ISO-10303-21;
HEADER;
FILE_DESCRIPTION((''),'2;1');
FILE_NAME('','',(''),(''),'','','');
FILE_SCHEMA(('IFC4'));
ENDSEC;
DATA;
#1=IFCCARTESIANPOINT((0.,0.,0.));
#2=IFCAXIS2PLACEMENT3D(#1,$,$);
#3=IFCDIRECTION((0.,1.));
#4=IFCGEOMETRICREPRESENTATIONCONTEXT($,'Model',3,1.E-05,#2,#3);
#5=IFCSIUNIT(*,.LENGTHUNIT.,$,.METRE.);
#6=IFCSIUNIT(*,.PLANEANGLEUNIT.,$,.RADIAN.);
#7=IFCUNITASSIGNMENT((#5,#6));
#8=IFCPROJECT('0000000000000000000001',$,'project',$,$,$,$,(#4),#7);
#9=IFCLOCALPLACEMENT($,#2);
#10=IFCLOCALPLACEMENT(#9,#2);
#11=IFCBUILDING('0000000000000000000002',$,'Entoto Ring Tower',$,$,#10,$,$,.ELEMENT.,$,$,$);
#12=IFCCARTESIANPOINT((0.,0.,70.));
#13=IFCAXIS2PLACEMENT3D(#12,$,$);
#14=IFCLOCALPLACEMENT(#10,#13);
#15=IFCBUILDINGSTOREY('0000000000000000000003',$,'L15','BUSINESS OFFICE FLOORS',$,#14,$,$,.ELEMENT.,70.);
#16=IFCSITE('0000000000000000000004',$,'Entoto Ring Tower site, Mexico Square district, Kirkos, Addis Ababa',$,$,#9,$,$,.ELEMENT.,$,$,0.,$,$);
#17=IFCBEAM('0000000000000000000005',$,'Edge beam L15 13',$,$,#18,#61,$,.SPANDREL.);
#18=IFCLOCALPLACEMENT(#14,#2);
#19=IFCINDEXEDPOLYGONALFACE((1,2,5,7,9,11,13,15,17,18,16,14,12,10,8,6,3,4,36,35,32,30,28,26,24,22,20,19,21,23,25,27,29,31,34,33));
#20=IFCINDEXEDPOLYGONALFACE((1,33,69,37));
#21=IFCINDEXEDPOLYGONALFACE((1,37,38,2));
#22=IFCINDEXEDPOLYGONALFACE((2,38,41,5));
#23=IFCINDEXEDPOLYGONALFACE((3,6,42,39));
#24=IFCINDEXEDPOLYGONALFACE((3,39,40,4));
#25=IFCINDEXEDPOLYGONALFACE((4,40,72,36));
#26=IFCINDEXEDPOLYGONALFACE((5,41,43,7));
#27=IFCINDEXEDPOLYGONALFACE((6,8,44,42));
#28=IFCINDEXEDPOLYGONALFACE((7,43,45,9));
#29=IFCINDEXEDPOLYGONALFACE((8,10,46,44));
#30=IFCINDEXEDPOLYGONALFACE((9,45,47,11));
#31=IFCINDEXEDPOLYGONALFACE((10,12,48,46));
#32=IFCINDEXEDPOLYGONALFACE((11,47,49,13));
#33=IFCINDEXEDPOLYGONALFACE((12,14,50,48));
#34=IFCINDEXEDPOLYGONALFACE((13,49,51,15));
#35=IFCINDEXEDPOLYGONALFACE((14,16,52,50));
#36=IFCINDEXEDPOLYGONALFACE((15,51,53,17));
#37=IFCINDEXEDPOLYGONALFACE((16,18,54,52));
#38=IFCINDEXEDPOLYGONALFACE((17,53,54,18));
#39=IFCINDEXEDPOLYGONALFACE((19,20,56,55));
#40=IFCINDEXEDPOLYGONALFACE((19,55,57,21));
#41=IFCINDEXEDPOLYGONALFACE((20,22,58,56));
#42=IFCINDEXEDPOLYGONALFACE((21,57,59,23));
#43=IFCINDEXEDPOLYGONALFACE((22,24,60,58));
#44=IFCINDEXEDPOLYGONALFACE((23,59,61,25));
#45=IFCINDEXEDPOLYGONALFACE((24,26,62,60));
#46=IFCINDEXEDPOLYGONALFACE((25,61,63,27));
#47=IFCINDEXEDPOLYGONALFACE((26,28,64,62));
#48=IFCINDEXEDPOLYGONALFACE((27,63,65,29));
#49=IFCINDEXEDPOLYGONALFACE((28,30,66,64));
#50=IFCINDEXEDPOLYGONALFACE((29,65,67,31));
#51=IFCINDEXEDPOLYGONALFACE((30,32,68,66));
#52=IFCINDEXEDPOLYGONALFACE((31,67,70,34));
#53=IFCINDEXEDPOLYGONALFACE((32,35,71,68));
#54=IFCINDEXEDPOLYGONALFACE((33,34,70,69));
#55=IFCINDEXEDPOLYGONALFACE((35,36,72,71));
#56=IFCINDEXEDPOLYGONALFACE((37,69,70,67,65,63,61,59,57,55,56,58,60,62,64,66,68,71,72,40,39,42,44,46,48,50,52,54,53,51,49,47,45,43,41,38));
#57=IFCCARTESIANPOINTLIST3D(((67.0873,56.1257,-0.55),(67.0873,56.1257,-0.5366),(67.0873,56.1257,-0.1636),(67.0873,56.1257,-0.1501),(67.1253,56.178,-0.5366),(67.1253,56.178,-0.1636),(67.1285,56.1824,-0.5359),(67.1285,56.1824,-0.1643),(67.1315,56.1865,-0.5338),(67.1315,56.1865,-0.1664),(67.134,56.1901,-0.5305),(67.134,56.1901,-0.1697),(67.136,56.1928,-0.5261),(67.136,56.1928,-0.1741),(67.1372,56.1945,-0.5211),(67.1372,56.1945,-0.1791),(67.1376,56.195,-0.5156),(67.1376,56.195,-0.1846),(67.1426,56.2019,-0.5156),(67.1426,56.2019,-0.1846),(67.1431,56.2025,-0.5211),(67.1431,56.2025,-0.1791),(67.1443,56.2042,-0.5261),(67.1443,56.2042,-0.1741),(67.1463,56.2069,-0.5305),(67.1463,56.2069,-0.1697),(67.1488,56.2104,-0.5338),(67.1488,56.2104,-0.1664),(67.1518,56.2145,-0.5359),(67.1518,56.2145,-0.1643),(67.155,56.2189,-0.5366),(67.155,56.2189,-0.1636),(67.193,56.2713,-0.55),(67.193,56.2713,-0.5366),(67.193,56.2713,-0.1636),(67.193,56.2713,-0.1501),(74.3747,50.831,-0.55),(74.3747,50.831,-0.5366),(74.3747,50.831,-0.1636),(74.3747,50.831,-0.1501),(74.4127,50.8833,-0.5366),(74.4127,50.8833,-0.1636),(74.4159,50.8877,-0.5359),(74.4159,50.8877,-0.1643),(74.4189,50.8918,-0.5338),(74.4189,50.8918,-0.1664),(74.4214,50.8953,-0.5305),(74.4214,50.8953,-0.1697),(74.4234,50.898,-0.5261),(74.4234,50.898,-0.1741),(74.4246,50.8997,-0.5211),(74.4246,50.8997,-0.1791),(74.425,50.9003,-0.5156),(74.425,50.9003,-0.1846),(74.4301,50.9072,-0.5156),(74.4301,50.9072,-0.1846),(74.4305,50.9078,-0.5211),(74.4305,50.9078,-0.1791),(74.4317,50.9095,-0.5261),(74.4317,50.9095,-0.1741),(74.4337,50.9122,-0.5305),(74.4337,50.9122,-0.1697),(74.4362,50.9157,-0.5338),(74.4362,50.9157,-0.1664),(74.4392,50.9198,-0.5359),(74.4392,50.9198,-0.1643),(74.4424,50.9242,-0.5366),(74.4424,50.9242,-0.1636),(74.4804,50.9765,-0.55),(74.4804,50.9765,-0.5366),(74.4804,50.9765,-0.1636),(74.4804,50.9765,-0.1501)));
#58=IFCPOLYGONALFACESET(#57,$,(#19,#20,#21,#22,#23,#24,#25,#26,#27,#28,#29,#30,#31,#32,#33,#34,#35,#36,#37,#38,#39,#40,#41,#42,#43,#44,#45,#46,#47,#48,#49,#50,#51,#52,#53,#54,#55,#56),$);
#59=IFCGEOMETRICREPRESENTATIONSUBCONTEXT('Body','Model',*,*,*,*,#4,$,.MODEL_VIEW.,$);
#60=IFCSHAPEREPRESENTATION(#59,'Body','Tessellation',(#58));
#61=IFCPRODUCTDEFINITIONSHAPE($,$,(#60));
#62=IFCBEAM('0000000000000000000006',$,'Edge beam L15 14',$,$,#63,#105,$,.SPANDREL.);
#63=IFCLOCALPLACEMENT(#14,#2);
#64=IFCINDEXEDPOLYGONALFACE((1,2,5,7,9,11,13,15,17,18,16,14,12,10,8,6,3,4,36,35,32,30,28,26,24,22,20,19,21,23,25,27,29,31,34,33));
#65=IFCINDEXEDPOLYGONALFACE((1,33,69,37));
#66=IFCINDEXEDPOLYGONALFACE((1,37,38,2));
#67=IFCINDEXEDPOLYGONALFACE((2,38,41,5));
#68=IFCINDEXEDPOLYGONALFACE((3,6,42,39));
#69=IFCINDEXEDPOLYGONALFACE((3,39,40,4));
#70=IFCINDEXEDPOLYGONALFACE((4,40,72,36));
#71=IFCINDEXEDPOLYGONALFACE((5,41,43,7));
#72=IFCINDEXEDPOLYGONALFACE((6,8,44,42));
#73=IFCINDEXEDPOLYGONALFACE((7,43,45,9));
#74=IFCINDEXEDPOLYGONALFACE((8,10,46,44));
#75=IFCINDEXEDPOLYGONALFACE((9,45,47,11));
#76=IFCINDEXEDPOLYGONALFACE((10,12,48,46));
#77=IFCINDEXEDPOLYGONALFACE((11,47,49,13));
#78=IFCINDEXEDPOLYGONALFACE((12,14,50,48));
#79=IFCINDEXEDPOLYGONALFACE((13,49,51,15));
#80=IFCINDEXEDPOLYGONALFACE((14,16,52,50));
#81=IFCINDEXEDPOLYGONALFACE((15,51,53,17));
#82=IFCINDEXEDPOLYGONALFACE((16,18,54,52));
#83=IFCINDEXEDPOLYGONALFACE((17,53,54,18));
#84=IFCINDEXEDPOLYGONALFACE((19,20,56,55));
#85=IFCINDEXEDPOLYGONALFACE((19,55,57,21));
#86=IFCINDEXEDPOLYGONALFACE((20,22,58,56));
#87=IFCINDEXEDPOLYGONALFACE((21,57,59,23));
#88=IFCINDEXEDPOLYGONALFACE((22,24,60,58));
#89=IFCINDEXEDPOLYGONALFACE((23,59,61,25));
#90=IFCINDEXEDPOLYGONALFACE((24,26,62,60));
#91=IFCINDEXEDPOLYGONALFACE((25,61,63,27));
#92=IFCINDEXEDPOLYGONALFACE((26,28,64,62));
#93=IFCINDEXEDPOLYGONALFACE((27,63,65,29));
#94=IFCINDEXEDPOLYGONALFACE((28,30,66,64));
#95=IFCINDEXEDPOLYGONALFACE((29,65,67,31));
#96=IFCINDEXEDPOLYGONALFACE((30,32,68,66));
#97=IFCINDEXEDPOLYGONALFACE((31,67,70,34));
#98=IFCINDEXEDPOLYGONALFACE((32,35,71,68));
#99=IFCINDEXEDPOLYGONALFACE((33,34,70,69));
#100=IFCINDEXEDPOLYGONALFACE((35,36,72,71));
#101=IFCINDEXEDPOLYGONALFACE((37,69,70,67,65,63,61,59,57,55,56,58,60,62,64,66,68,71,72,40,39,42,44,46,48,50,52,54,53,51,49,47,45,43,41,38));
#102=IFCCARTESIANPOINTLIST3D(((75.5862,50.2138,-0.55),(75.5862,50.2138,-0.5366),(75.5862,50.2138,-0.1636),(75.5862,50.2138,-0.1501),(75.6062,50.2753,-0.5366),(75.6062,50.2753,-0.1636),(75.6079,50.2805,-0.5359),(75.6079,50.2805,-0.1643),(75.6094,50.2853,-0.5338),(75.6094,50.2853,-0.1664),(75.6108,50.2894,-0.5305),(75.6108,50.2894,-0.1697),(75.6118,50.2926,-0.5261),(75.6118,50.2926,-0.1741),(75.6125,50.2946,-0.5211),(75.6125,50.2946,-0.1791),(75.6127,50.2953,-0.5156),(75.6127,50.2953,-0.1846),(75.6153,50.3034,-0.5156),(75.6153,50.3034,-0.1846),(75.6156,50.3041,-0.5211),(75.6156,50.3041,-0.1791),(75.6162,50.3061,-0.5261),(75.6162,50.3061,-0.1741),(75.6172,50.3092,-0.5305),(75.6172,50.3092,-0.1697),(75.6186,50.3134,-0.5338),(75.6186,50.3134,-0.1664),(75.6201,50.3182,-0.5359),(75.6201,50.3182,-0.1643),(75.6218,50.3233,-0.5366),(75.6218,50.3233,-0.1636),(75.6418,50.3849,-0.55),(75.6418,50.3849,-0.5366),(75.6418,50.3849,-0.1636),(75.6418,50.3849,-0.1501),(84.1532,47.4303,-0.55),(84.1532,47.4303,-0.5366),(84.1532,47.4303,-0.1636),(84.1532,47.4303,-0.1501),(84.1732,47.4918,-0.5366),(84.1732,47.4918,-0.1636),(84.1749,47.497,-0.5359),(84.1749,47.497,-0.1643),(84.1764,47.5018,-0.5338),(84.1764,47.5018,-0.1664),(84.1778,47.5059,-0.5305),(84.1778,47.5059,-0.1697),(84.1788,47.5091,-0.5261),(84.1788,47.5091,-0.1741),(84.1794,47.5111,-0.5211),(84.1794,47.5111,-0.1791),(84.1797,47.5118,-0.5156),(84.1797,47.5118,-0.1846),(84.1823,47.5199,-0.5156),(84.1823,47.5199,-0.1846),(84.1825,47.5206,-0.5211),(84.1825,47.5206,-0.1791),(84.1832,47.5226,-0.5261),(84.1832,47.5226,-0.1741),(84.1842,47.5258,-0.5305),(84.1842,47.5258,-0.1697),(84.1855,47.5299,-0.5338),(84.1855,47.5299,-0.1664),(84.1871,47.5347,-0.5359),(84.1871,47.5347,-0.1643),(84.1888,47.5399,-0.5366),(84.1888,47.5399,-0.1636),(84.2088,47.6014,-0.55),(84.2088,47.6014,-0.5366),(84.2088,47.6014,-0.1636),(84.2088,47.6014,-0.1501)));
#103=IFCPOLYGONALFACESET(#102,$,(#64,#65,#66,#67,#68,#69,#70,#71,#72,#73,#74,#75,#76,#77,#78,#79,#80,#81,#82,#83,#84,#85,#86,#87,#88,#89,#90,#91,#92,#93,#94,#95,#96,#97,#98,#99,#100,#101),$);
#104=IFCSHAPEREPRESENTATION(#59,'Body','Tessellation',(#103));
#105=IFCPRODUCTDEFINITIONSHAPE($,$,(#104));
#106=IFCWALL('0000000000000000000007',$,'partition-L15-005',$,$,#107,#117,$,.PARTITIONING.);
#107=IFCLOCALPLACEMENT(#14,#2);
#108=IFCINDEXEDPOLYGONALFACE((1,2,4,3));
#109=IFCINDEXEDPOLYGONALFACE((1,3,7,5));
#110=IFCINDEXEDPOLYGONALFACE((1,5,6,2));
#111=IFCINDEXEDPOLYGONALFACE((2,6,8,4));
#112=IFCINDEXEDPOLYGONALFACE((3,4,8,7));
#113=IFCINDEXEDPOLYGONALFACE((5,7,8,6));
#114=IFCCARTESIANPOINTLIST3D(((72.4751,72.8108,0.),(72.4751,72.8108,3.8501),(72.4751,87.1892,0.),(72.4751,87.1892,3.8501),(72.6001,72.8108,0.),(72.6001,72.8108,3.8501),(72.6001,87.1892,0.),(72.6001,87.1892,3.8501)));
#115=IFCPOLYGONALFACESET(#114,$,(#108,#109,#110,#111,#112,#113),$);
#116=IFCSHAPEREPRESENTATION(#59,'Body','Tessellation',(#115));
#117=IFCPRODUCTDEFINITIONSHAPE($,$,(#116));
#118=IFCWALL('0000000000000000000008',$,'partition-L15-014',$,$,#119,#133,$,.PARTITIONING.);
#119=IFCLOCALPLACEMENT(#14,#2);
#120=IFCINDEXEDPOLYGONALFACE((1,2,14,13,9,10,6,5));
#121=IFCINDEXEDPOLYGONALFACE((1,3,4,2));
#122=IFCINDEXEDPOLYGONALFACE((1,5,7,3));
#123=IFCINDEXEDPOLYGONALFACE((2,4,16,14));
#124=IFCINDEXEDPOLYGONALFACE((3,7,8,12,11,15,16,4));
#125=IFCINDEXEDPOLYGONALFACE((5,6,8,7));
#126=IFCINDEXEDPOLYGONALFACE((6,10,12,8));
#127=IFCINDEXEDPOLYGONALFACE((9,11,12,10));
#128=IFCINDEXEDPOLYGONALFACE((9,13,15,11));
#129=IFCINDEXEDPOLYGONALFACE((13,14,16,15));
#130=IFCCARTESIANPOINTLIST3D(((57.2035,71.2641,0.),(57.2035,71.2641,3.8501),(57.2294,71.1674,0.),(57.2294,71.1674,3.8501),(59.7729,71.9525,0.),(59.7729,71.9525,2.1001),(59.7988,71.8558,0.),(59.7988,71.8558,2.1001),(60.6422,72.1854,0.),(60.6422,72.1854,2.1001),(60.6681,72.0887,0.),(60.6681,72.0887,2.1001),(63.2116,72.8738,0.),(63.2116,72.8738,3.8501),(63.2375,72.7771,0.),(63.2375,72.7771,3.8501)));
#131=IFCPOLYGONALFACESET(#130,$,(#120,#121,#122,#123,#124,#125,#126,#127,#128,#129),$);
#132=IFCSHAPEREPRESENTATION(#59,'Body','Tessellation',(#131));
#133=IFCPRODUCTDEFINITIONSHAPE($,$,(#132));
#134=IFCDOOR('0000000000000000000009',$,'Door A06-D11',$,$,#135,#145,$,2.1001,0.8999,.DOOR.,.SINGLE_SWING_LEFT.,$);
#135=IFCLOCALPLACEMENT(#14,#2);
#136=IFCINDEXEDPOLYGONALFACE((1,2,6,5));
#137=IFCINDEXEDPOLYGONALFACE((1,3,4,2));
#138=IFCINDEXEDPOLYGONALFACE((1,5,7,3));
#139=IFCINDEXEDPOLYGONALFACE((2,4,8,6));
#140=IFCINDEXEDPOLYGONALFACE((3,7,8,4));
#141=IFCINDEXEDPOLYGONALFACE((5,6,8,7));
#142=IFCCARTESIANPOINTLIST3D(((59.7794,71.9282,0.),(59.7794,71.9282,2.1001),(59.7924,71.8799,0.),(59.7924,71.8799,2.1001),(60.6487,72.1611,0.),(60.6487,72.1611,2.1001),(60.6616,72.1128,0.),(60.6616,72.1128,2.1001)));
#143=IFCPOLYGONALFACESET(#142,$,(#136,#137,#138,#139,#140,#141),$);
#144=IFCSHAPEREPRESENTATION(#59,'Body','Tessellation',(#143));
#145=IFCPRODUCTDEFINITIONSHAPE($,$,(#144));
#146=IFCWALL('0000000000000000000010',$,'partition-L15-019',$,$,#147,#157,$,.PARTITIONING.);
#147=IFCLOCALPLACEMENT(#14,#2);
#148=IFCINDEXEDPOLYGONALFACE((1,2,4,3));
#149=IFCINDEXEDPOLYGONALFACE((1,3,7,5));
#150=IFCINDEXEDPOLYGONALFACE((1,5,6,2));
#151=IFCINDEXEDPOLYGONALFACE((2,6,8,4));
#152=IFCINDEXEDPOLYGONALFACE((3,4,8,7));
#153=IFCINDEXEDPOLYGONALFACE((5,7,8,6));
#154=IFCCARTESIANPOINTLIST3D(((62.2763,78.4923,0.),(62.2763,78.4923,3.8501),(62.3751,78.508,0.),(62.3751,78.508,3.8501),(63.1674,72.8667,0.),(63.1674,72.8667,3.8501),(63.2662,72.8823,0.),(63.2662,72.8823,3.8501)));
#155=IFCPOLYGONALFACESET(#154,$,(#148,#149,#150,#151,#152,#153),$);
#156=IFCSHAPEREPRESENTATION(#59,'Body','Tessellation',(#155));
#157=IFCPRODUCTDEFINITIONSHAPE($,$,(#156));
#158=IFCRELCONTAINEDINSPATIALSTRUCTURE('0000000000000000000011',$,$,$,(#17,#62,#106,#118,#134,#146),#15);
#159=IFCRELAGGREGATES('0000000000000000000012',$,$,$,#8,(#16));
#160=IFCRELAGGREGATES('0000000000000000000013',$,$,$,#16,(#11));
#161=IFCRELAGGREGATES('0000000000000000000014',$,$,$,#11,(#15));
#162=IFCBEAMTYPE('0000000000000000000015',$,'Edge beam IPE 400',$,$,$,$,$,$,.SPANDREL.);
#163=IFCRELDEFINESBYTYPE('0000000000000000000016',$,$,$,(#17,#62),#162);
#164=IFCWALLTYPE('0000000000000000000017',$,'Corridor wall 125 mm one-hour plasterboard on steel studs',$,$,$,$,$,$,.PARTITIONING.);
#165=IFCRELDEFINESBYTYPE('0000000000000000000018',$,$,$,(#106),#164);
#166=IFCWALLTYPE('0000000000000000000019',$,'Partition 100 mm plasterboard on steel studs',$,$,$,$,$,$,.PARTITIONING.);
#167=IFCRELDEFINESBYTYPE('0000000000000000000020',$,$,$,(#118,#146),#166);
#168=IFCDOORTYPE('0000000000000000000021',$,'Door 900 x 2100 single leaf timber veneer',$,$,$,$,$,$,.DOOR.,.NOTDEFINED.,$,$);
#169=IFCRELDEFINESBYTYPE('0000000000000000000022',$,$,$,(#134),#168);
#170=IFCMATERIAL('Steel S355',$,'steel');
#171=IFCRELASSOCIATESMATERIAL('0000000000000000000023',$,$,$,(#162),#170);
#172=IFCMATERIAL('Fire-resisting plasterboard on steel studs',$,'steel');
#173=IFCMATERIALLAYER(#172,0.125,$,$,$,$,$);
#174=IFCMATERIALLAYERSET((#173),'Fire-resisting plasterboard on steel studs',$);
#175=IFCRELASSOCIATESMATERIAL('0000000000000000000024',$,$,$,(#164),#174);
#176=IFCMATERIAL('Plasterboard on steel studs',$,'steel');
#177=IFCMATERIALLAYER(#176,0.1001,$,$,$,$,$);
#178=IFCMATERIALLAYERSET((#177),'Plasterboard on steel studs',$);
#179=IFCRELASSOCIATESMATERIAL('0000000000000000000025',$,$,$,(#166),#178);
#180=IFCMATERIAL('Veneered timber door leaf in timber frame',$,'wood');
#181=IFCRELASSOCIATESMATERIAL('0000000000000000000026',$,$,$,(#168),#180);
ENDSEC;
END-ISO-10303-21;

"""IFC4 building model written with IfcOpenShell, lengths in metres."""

from ifc_helpers import new_model, si_unit, direction, frame, frame_2d, origin, origin_2d, place, context, subcontext, project, spatial, rectangle, i_section, extrude, material, layer, layer_set, material_profile, profile_set, type_object, element, fill, save


model = new_model("IFC4")

# Units and contexts
model_context = context("Model", 3, precision=1e-05, world=origin(), true_north=direction((0.0, 1.0)))
body_context = subcontext(model_context, "Body", "Model", "MODEL_VIEW")
ifc_project = project(units=[si_unit("LENGTHUNIT", "METRE"), si_unit("PLANEANGLEUNIT", "RADIAN")], contexts=[model_context])

# Site, building, storey
site_placement = place(None, origin())
site = spatial("IfcSite", under=ifc_project, at=site_placement, Name="Entoto Ring Tower site, Mexico Square district, Kirkos, Addis Ababa", CompositionType="ELEMENT", RefElevation=0.0)
building_placement = place(site_placement, origin())
building = spatial("IfcBuilding", under=site, at=building_placement, Name="Entoto Ring Tower", CompositionType="ELEMENT")
storey_placement = place(building_placement, frame((0.0, 0.0, 70.0)))
storey = spatial("IfcBuildingStorey", under=building, at=storey_placement, Name="L15", Description="BUSINESS OFFICE FLOORS", CompositionType="ELEMENT", Elevation=70.0)

# Beams
ifc_material_1 = material(Name="Steel S355", Category="steel")
ifc_material_profile_1 = material_profile(ifc_material_1, i_section(OverallWidth=0.1799, OverallDepth=0.3999, WebThickness=0.0085, FlangeThickness=0.0134, FilletRadius=0.021, at=origin_2d()), Name="IPE 400")
ifc_profile_set_1 = profile_set([ifc_material_profile_1], Name="Steel S355")
beam_type = type_object("IfcBeamType", Name="Edge beam IPE 400", PredefinedType="SPANDREL", material=ifc_profile_set_1)
for number, where, z_axis, x_axis, name in (
    (1, (67.1401, 56.1985, -0.3501), (0.809011, -0.587793, 0.0), (0.587793, 0.809011, 0.0), "Edge beam L15 13"),
    (2, (75.614, 50.2993, -0.3501), (0.95106, -0.309006, 0.0), (0.309006, 0.95106, 0.0), "Edge beam L15 14"),
):
    element("IfcBeam", number, at=place(storey_placement, frame(where, z_axis=z_axis, x_axis=x_axis)), inside=storey, type_object=beam_type, Name=name, PredefinedType="SPANDREL", context=body_context, shape_type="SweptSolid", body=[
        extrude(i_section(OverallWidth=0.1799, OverallDepth=0.3999, WebThickness=0.0085, FlangeThickness=0.0134, FilletRadius=0.021, at=origin_2d()), origin(), (0.0, 0.0, 1.0), 9.0078),
    ])

# Wall
ifc_material_2 = material(Name="Fire-resisting plasterboard on steel studs", Category="steel")
ifc_layer_1 = layer(ifc_material_2, 0.125)
ifc_layer_set_1 = layer_set([ifc_layer_1], Name="Fire-resisting plasterboard on steel studs")
wall_type_1 = type_object("IfcWallType", Name="Corridor wall 125 mm one-hour plasterboard on steel studs", PredefinedType="PARTITIONING", material=ifc_layer_set_1)
wall_1_placement = place(storey_placement, frame((72.5376, 72.8108, 0.0), z_axis=(0.0, 0.0, 1.0), x_axis=(0.0, 1.0, 0.0)))
element("IfcWall", 3, at=wall_1_placement, inside=storey, type_object=wall_type_1, Name="partition-L15-005", PredefinedType="PARTITIONING", context=body_context, shape_type="SweptSolid", body=[
    extrude(rectangle(XDim=14.3784, YDim=0.125, at=frame_2d((7.1892, 0.0))), origin(), (0.0, 0.0, 1.0), 3.8501),
])

# Wall, opening, door
ifc_material_3 = material(Name="Plasterboard on steel studs", Category="steel")
ifc_layer_2 = layer(ifc_material_3, 0.1001)
ifc_layer_set_2 = layer_set([ifc_layer_2], Name="Plasterboard on steel studs")
wall_type_2 = type_object("IfcWallType", Name="Partition 100 mm plasterboard on steel studs", PredefinedType="PARTITIONING", material=ifc_layer_set_2)
wall_2_placement = place(storey_placement, frame((57.2166, 71.2158, 0.0), z_axis=(0.0, 0.0, 1.0), x_axis=(0.965935, 0.258784, 0.0)))
wall_2 = element("IfcWall", 4, at=wall_2_placement, inside=storey, type_object=wall_type_2, Name="partition-L15-014", PredefinedType="PARTITIONING", context=body_context, shape_type="SweptSolid", body=[
    extrude(rectangle(XDim=6.22, YDim=0.1001, at=frame_2d((3.1099, 0.0))), origin(), (0.0, 0.0, 1.0), 3.8501),
])
opening_placement = place(wall_2_placement, frame((2.6599, 0.0, 0.0)))
opening = element("IfcOpeningElement", 5, at=opening_placement, cuts=wall_2, PredefinedType="OPENING", context=body_context, shape_type="SweptSolid", body=[
    extrude(rectangle(XDim=0.8999, YDim=2.1001, at=frame_2d((0.45, 1.05))), frame((0.0, 0.0601, 0.0), z_axis=(0.0, -1.0, 0.0), x_axis=(1.0, 0.0, 0.0)), (0.0, 0.0, 1.0), 0.1201),
])
ifc_material_4 = material(Name="Veneered timber door leaf in timber frame", Category="wood")
door_type = type_object("IfcDoorType", Name="Door 900 x 2100 single leaf timber veneer", OperationType="NOTDEFINED", PredefinedType="DOOR", material=ifc_material_4)
door_placement = place(opening_placement, origin())
door = element("IfcDoor", 6, at=door_placement, inside=storey, type_object=door_type, Name="Door A06-D11", OperationType="SINGLE_SWING_LEFT", OverallHeight=2.1001, OverallWidth=0.8999, PredefinedType="DOOR", context=body_context, shape_type="SweptSolid", body=[
    extrude(rectangle(XDim=0.8999, YDim=2.1001, at=frame_2d((0.45, 1.05))), frame((0.0, 0.0249, 0.0), z_axis=(0.0, -1.0, 0.0), x_axis=(1.0, 0.0, 0.0)), (0.0, 0.0, 1.0), 0.05),
])
fill(opening, door)

# Wall
wall_3_placement = place(storey_placement, frame((63.2168, 72.8745, 0.0), z_axis=(0.0, 0.0, 1.0), x_axis=(-0.156449, 0.987686, 0.0)))
element("IfcWall", 7, at=wall_3_placement, inside=storey, type_object=wall_type_2, Name="partition-L15-019", PredefinedType="PARTITIONING", context=body_context, shape_type="SweptSolid", body=[
    extrude(rectangle(XDim=5.6958, YDim=0.1001, at=frame_2d((2.8479, 0.0))), origin(), (0.0, 0.0, 1.0), 3.8501),
])

save(model, "model.ifc")
